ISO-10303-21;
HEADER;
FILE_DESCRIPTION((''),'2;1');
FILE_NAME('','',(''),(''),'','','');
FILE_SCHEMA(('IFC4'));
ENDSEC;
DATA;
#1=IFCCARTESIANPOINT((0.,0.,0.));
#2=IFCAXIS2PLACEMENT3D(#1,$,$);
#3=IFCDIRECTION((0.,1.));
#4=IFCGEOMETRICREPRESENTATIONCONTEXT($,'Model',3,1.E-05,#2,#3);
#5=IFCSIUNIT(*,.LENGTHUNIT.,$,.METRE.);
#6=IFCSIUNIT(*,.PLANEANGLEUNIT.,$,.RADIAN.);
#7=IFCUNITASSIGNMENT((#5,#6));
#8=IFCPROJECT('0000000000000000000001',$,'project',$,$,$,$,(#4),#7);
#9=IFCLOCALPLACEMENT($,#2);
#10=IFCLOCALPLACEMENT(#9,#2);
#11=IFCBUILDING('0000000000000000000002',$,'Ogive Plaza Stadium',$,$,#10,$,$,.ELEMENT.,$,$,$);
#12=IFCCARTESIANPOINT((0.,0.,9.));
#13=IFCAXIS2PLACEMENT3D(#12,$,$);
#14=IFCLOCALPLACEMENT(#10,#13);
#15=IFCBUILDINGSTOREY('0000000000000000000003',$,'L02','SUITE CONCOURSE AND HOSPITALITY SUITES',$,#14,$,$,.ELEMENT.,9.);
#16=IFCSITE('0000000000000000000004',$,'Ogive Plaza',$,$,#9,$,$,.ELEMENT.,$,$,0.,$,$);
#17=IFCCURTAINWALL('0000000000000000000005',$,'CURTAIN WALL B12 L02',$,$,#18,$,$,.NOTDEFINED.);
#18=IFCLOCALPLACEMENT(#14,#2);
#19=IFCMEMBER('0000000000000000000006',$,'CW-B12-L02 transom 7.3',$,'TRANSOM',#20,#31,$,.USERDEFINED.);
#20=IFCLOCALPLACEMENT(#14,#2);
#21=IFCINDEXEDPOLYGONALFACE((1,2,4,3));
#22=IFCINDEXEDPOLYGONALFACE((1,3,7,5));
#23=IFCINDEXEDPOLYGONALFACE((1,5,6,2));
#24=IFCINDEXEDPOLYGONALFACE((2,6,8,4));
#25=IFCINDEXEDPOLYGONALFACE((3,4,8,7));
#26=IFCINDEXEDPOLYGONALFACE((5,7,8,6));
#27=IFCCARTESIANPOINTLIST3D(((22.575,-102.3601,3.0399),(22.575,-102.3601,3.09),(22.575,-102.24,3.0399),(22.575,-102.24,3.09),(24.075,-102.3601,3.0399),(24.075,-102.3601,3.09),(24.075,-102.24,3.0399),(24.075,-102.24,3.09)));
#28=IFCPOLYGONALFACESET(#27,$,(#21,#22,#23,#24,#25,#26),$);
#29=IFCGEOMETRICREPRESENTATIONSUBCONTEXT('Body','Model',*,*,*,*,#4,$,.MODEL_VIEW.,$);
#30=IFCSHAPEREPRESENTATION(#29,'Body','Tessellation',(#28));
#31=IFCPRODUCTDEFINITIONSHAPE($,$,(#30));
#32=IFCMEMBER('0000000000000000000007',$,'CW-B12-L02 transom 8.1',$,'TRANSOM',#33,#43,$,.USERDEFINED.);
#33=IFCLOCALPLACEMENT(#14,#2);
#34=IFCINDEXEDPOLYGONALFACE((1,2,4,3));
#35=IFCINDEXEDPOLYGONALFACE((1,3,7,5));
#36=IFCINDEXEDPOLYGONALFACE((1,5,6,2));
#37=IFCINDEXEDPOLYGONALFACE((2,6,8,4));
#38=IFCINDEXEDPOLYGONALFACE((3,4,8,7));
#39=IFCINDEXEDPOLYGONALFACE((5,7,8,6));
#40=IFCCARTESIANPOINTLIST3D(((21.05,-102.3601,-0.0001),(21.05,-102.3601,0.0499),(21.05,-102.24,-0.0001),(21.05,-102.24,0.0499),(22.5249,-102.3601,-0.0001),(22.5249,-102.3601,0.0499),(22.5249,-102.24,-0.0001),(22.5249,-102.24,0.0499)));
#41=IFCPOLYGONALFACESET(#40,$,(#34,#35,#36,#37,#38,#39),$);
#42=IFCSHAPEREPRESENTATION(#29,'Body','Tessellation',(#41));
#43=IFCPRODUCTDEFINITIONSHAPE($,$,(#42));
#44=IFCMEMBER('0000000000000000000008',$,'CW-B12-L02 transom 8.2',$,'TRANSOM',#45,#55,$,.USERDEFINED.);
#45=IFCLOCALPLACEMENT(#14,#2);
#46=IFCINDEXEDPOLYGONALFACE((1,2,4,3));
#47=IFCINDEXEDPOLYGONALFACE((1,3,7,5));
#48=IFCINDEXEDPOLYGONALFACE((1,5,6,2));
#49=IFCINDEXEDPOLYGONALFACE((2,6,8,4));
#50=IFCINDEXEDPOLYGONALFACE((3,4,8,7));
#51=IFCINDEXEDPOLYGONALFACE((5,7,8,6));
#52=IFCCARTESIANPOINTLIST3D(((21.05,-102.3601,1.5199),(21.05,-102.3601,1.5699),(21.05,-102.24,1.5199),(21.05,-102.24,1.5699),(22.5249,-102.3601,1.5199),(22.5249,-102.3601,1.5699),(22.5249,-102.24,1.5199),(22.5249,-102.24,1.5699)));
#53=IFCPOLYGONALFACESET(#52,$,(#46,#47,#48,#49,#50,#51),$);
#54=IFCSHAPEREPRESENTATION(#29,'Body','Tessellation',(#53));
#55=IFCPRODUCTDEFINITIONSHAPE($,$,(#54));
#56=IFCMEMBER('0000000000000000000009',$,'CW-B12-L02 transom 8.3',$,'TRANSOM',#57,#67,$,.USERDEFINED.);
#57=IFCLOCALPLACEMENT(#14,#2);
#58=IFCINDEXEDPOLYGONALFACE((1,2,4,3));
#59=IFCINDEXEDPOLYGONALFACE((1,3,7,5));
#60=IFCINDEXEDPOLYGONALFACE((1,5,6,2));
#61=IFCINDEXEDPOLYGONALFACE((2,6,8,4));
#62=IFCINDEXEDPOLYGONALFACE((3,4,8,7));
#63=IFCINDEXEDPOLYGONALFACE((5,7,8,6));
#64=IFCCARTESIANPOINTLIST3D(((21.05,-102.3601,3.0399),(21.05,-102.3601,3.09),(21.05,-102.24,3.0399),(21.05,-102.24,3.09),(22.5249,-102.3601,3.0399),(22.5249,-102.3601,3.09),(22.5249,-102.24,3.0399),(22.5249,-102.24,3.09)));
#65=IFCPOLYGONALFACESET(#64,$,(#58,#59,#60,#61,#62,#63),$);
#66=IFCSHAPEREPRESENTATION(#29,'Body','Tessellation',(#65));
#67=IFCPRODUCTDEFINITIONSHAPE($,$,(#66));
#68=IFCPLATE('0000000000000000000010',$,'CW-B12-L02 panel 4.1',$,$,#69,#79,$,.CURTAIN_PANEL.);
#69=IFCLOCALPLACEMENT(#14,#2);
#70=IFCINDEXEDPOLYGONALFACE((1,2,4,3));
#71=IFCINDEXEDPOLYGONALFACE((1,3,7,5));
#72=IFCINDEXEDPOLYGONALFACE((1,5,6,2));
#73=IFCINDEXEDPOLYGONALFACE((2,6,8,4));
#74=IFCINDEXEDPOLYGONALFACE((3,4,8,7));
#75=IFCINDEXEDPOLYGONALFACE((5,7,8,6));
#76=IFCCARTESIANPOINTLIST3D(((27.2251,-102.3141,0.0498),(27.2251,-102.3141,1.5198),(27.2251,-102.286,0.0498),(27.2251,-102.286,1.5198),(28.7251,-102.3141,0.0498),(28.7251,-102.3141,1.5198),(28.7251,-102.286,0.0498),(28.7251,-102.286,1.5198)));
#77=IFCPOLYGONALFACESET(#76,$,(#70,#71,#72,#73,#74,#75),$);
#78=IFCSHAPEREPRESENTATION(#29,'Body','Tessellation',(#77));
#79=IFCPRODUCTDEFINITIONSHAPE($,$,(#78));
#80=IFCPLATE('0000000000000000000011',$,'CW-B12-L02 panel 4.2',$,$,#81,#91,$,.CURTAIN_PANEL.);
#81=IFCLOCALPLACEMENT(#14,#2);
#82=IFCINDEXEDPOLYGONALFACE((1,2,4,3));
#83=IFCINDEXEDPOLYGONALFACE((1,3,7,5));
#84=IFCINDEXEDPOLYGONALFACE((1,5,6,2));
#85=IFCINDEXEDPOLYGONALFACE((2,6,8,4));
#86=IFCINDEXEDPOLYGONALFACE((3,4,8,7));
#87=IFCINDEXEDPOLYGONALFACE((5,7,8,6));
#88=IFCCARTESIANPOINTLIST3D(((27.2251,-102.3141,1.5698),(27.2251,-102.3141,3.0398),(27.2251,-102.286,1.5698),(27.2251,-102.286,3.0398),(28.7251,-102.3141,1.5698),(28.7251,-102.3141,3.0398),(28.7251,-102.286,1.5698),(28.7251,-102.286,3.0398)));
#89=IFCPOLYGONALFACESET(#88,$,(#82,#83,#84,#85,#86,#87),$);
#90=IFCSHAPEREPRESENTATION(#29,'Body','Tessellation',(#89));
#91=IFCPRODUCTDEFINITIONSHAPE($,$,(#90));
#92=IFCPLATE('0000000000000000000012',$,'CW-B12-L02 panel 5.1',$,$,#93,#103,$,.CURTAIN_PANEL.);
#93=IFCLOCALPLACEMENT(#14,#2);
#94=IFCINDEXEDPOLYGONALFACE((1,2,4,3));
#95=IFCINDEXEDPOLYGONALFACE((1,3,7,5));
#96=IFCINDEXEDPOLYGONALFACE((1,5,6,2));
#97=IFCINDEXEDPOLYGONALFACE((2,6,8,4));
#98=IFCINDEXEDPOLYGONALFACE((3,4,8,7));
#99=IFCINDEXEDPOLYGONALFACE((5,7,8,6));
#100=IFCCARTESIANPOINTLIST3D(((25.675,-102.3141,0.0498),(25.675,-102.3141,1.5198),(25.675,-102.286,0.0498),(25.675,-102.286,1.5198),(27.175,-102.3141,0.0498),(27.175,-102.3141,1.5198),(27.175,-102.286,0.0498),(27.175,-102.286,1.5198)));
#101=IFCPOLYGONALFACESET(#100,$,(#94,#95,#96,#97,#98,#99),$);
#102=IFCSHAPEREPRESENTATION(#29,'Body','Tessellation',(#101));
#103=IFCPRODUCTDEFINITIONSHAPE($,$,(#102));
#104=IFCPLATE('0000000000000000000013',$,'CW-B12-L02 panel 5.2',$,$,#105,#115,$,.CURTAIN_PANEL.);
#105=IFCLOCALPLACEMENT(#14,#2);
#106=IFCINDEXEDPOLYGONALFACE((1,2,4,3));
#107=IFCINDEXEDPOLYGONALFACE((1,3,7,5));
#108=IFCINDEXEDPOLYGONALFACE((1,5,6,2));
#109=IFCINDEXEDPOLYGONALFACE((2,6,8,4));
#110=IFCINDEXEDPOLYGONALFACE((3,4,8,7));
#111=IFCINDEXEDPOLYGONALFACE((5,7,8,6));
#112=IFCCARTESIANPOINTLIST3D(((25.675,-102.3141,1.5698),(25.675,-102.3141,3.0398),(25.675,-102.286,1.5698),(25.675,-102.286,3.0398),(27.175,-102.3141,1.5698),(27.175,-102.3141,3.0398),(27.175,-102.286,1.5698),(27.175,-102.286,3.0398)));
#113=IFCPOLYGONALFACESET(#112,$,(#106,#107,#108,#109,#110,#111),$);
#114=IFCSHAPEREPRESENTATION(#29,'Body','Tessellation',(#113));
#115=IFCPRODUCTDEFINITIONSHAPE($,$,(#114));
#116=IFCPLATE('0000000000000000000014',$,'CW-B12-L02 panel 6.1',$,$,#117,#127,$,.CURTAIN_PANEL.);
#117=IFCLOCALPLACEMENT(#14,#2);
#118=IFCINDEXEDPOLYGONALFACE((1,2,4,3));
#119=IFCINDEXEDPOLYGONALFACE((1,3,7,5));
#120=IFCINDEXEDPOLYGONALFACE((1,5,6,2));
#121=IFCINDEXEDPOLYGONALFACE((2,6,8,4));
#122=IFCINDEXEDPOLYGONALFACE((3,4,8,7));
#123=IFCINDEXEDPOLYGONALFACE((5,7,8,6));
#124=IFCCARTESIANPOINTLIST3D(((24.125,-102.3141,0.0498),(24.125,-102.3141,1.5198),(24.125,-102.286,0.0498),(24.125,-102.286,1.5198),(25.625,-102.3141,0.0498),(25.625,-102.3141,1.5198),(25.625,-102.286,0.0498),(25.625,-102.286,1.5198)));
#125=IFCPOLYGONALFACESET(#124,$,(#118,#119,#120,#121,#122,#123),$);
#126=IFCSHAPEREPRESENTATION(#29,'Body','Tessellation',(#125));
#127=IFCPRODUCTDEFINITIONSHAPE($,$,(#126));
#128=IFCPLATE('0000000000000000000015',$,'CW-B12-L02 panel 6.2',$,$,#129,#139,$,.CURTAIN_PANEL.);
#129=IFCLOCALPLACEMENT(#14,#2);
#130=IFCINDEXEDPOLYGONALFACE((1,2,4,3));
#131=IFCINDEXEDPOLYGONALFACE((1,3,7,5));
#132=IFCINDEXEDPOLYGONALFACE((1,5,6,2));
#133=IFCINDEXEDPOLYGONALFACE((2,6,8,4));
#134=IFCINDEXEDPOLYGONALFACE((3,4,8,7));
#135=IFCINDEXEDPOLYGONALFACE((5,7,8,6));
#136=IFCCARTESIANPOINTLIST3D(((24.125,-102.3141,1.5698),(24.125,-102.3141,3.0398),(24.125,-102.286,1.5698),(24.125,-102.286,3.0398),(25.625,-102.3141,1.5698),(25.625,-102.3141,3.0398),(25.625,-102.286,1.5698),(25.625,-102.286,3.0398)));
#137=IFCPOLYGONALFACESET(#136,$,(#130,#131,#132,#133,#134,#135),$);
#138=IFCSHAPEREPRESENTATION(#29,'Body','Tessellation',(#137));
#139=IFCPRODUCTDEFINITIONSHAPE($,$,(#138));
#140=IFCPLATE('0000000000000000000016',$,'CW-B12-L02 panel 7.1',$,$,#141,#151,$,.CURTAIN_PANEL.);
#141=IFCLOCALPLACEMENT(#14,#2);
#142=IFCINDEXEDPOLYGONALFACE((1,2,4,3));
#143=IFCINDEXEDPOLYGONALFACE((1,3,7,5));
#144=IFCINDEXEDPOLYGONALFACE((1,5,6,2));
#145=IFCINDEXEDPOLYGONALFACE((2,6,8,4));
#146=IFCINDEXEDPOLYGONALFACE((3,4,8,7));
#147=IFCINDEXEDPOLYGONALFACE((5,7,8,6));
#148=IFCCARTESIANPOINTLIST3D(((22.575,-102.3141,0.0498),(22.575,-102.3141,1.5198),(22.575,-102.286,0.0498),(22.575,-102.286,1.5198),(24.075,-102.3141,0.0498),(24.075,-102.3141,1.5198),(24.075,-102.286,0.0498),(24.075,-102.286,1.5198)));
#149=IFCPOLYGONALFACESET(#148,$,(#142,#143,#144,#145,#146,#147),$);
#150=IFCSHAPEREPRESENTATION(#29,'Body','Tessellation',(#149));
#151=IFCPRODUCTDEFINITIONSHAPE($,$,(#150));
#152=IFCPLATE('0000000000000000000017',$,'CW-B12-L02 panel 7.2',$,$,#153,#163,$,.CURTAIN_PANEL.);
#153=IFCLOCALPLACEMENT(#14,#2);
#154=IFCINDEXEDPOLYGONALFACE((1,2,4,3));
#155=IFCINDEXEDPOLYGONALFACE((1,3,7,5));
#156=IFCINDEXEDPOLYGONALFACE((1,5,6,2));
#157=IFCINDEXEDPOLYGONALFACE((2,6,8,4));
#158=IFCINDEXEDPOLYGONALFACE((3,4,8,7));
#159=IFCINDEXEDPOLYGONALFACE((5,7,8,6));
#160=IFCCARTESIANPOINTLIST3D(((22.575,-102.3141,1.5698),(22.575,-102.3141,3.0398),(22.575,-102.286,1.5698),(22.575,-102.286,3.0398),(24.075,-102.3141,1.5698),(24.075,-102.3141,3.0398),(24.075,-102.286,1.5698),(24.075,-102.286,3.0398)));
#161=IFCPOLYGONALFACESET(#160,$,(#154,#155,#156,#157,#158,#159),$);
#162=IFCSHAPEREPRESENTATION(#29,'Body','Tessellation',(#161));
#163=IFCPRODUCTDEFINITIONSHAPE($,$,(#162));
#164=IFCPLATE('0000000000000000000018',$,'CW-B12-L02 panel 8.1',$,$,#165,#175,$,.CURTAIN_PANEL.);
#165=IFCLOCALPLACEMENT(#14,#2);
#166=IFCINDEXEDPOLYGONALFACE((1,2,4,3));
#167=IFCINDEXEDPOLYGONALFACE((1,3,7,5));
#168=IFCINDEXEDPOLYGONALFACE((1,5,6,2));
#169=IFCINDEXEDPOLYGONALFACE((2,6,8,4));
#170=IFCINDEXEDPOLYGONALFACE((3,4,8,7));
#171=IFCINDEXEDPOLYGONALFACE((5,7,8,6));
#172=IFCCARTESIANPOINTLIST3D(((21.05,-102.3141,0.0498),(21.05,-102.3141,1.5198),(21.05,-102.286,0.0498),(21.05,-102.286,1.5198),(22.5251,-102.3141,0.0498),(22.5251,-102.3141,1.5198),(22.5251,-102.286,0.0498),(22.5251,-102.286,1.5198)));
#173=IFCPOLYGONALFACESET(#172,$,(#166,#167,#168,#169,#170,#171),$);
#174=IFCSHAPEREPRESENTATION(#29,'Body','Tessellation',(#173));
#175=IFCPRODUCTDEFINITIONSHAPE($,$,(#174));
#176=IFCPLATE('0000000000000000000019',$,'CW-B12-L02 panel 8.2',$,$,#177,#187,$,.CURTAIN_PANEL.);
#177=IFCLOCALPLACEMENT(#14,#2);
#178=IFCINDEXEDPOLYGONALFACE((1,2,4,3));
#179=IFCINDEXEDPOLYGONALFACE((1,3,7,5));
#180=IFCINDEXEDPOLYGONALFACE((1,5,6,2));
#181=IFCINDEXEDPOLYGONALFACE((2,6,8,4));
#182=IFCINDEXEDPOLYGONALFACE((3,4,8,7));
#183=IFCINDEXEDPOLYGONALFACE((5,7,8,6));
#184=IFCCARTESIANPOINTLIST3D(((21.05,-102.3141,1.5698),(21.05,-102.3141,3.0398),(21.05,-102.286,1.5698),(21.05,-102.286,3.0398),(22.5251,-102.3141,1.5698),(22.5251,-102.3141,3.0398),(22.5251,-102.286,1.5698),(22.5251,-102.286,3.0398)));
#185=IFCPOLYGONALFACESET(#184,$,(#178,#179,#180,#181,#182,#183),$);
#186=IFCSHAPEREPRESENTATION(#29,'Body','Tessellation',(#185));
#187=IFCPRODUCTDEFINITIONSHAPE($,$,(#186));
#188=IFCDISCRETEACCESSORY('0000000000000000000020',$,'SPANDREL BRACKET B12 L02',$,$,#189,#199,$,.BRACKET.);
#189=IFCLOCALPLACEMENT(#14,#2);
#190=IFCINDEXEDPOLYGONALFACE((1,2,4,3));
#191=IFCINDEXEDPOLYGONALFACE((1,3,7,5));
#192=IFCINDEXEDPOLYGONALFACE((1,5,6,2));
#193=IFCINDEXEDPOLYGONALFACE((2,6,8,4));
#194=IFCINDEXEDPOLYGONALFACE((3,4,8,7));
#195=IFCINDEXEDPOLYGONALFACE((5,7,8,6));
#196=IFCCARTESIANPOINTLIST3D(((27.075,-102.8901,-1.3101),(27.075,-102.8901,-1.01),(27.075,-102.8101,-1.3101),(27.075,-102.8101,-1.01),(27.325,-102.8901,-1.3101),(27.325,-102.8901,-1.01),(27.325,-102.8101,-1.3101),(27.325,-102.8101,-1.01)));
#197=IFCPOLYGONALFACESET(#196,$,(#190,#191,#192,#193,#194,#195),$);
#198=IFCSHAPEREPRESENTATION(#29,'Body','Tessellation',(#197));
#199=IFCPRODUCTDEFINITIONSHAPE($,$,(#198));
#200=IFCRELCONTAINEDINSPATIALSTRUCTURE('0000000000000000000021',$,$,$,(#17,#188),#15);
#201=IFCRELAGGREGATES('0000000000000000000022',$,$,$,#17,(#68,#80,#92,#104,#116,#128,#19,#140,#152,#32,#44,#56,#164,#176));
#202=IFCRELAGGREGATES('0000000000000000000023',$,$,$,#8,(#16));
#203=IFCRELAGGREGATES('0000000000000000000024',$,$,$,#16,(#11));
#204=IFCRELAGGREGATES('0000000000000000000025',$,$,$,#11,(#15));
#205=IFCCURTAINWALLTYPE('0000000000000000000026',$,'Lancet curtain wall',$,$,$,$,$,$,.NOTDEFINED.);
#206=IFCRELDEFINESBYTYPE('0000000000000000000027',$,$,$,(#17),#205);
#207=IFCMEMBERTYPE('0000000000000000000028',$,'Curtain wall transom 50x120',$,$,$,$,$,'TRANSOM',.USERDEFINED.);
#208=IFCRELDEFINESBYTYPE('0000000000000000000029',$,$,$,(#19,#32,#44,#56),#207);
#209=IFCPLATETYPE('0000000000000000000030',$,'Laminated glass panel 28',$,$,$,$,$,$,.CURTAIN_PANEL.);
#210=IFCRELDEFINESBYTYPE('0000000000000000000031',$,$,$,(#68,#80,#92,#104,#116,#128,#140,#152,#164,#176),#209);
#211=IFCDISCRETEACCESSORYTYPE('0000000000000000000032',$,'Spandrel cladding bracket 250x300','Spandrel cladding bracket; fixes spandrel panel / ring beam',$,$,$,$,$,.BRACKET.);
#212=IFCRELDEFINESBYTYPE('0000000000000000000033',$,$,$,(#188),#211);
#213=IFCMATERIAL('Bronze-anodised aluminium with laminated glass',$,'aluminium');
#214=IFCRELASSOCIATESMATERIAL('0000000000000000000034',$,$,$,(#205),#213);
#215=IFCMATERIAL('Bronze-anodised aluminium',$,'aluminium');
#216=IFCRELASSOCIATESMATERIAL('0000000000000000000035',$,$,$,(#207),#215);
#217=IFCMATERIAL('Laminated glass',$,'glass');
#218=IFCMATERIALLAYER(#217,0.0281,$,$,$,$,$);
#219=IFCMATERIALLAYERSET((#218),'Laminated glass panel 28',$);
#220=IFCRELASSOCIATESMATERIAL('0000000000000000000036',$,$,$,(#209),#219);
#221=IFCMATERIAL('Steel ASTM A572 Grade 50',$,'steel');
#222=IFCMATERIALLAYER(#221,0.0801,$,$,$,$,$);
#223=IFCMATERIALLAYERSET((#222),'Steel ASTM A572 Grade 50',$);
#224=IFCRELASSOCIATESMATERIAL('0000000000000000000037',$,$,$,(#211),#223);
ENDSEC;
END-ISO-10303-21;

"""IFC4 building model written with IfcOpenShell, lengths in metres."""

from ifc_helpers import new_model, si_unit, direction, frame, origin, origin_2d, place, context, subcontext, project, spatial, rectangle, extrude, material, layer, layer_set, material_profile, profile_set, type_object, element, aggregate, save


model = new_model("IFC4")

# Units and contexts
model_context = context("Model", 3, precision=1e-05, world=origin(), true_north=direction((0.0, 1.0)))
body_context = subcontext(model_context, "Body", "Model", "MODEL_VIEW")
ifc_project = project(units=[si_unit("LENGTHUNIT", "METRE"), si_unit("PLANEANGLEUNIT", "RADIAN")], contexts=[model_context])

# Site, building, storey
site_placement = place(None, origin())
site = spatial("IfcSite", under=ifc_project, at=site_placement, Name="Ogive Plaza", CompositionType="ELEMENT", RefElevation=0.0)
building_placement = place(site_placement, origin())
building = spatial("IfcBuilding", under=site, at=building_placement, Name="Ogive Plaza Stadium", CompositionType="ELEMENT")
storey_placement = place(building_placement, frame((0.0, 0.0, 9.0)))
storey = spatial("IfcBuildingStorey", under=building, at=storey_placement, Name="L02", Description="SUITE CONCOURSE AND HOSPITALITY SUITES", CompositionType="ELEMENT", Elevation=9.0)

# Curtain wall, members, plates
ifc_material_1 = material(Name="Bronze-anodised aluminium with laminated glass", Category="aluminium")
curtain_wall_type = type_object("IfcCurtainWallType", Name="Lancet curtain wall", PredefinedType="NOTDEFINED", material=ifc_material_1)
curtain_wall_placement = place(storey_placement, origin())
curtain_wall = element("IfcCurtainWall", 1, at=curtain_wall_placement, inside=storey, type_object=curtain_wall_type, Name="CURTAIN WALL B12 L02", PredefinedType="NOTDEFINED")
ifc_material_2 = material(Name="Bronze-anodised aluminium", Category="aluminium")
ifc_material_profile_1 = material_profile(ifc_material_2, rectangle(XDim=0.1201, YDim=0.05, at=origin_2d()), Name="AL 120x50")
ifc_profile_set_1 = profile_set([ifc_material_profile_1], Name="Bronze-anodised aluminium")
member_type_1 = type_object("IfcMemberType", Name="Curtain wall transom 50x120", ElementType="TRANSOM", PredefinedType="USERDEFINED", material=ifc_profile_set_1)
member_1_placement = place(storey_placement, frame((24.075, -102.3, 3.0649), z_axis=(-1.0, 0.0, 0.0), x_axis=(0.0, -1.0, 0.0)))
member_1 = element("IfcMember", 2, at=member_1_placement, type_object=member_type_1, Name="CW-B12-L02 transom 7.3", ObjectType="TRANSOM", PredefinedType="USERDEFINED", context=body_context, shape_type="SweptSolid", body=[
    extrude(rectangle(XDim=0.1201, YDim=0.05, at=origin_2d()), origin(), (0.0, 0.0, 1.0), 1.5),
])
member_2_placement = place(storey_placement, frame((22.5249, -102.3, 0.0249), z_axis=(-1.0, 0.0, 0.0), x_axis=(0.0, -1.0, 0.0)))
member_2 = element("IfcMember", 3, at=member_2_placement, type_object=member_type_1, Name="CW-B12-L02 transom 8.1", ObjectType="TRANSOM", PredefinedType="USERDEFINED", context=body_context, shape_type="SweptSolid", body=[
    extrude(rectangle(XDim=0.1201, YDim=0.05, at=origin_2d()), origin(), (0.0, 0.0, 1.0), 1.4749),
])
member_3_placement = place(storey_placement, frame((22.5249, -102.3, 1.5449), z_axis=(-1.0, 0.0, 0.0), x_axis=(0.0, -1.0, 0.0)))
member_3 = element("IfcMember", 4, at=member_3_placement, type_object=member_type_1, Name="CW-B12-L02 transom 8.2", ObjectType="TRANSOM", PredefinedType="USERDEFINED", context=body_context, shape_type="SweptSolid", body=[
    extrude(rectangle(XDim=0.1201, YDim=0.05, at=origin_2d()), origin(), (0.0, 0.0, 1.0), 1.4749),
])
member_4_placement = place(storey_placement, frame((22.5249, -102.3, 3.0649), z_axis=(-1.0, 0.0, 0.0), x_axis=(0.0, -1.0, 0.0)))
member_4 = element("IfcMember", 5, at=member_4_placement, type_object=member_type_1, Name="CW-B12-L02 transom 8.3", ObjectType="TRANSOM", PredefinedType="USERDEFINED", context=body_context, shape_type="SweptSolid", body=[
    extrude(rectangle(XDim=0.1201, YDim=0.05, at=origin_2d()), origin(), (0.0, 0.0, 1.0), 1.4749),
])
ifc_material_3 = material(Name="Laminated glass", Category="glass")
ifc_layer_1 = layer(ifc_material_3, 0.0281)
ifc_layer_set_1 = layer_set([ifc_layer_1], Name="Laminated glass panel 28")
plate_type = type_object("IfcPlateType", Name="Laminated glass panel 28", PredefinedType="CURTAIN_PANEL", material=ifc_layer_set_1)
plate_1_placement = place(storey_placement, frame((27.9751, -102.3, 0.0498), z_axis=(0.0, 0.0, 1.0), x_axis=(-1.0, 0.0, 0.0)))
plate_1 = element("IfcPlate", 6, at=plate_1_placement, type_object=plate_type, Name="CW-B12-L02 panel 4.1", PredefinedType="CURTAIN_PANEL", context=body_context, shape_type="SweptSolid", body=[
    extrude(rectangle(XDim=1.5, YDim=0.0281, at=origin_2d()), origin(), (0.0, 0.0, 1.0), 1.47),
])
plate_2_placement = place(storey_placement, frame((27.9751, -102.3, 1.5698), z_axis=(0.0, 0.0, 1.0), x_axis=(-1.0, 0.0, 0.0)))
plate_2 = element("IfcPlate", 7, at=plate_2_placement, type_object=plate_type, Name="CW-B12-L02 panel 4.2", PredefinedType="CURTAIN_PANEL", context=body_context, shape_type="SweptSolid", body=[
    extrude(rectangle(XDim=1.5, YDim=0.0281, at=origin_2d()), origin(), (0.0, 0.0, 1.0), 1.47),
])
plate_3_placement = place(storey_placement, frame((26.425, -102.3, 0.0498), z_axis=(0.0, 0.0, 1.0), x_axis=(-1.0, 0.0, 0.0)))
plate_3 = element("IfcPlate", 8, at=plate_3_placement, type_object=plate_type, Name="CW-B12-L02 panel 5.1", PredefinedType="CURTAIN_PANEL", context=body_context, shape_type="SweptSolid", body=[
    extrude(rectangle(XDim=1.5, YDim=0.0281, at=origin_2d()), origin(), (0.0, 0.0, 1.0), 1.47),
])
plate_4_placement = place(storey_placement, frame((26.425, -102.3, 1.5698), z_axis=(0.0, 0.0, 1.0), x_axis=(-1.0, 0.0, 0.0)))
plate_4 = element("IfcPlate", 9, at=plate_4_placement, type_object=plate_type, Name="CW-B12-L02 panel 5.2", PredefinedType="CURTAIN_PANEL", context=body_context, shape_type="SweptSolid", body=[
    extrude(rectangle(XDim=1.5, YDim=0.0281, at=origin_2d()), origin(), (0.0, 0.0, 1.0), 1.47),
])
plate_5_placement = place(storey_placement, frame((24.875, -102.3, 0.0498), z_axis=(0.0, 0.0, 1.0), x_axis=(-1.0, 0.0, 0.0)))
plate_5 = element("IfcPlate", 10, at=plate_5_placement, type_object=plate_type, Name="CW-B12-L02 panel 6.1", PredefinedType="CURTAIN_PANEL", context=body_context, shape_type="SweptSolid", body=[
    extrude(rectangle(XDim=1.5, YDim=0.0281, at=origin_2d()), origin(), (0.0, 0.0, 1.0), 1.47),
])
plate_6_placement = place(storey_placement, frame((24.875, -102.3, 1.5698), z_axis=(0.0, 0.0, 1.0), x_axis=(-1.0, 0.0, 0.0)))
plate_6 = element("IfcPlate", 11, at=plate_6_placement, type_object=plate_type, Name="CW-B12-L02 panel 6.2", PredefinedType="CURTAIN_PANEL", context=body_context, shape_type="SweptSolid", body=[
    extrude(rectangle(XDim=1.5, YDim=0.0281, at=origin_2d()), origin(), (0.0, 0.0, 1.0), 1.47),
])
plate_7_placement = place(storey_placement, frame((23.325, -102.3, 0.0498), z_axis=(0.0, 0.0, 1.0), x_axis=(-1.0, 0.0, 0.0)))
plate_7 = element("IfcPlate", 12, at=plate_7_placement, type_object=plate_type, Name="CW-B12-L02 panel 7.1", PredefinedType="CURTAIN_PANEL", context=body_context, shape_type="SweptSolid", body=[
    extrude(rectangle(XDim=1.5, YDim=0.0281, at=origin_2d()), origin(), (0.0, 0.0, 1.0), 1.47),
])
plate_8_placement = place(storey_placement, frame((23.325, -102.3, 1.5698), z_axis=(0.0, 0.0, 1.0), x_axis=(-1.0, 0.0, 0.0)))
plate_8 = element("IfcPlate", 13, at=plate_8_placement, type_object=plate_type, Name="CW-B12-L02 panel 7.2", PredefinedType="CURTAIN_PANEL", context=body_context, shape_type="SweptSolid", body=[
    extrude(rectangle(XDim=1.5, YDim=0.0281, at=origin_2d()), origin(), (0.0, 0.0, 1.0), 1.47),
])
plate_9_placement = place(storey_placement, frame((21.7876, -102.3, 0.0498), z_axis=(0.0, 0.0, 1.0), x_axis=(-1.0, 0.0, 0.0)))
plate_9 = element("IfcPlate", 14, at=plate_9_placement, type_object=plate_type, Name="CW-B12-L02 panel 8.1", PredefinedType="CURTAIN_PANEL", context=body_context, shape_type="SweptSolid", body=[
    extrude(rectangle(XDim=1.4751, YDim=0.0281, at=origin_2d()), origin(), (0.0, 0.0, 1.0), 1.47),
])
plate_10_placement = place(storey_placement, frame((21.7876, -102.3, 1.5698), z_axis=(0.0, 0.0, 1.0), x_axis=(-1.0, 0.0, 0.0)))
plate_10 = element("IfcPlate", 15, at=plate_10_placement, type_object=plate_type, Name="CW-B12-L02 panel 8.2", PredefinedType="CURTAIN_PANEL", context=body_context, shape_type="SweptSolid", body=[
    extrude(rectangle(XDim=1.4751, YDim=0.0281, at=origin_2d()), origin(), (0.0, 0.0, 1.0), 1.47),
])
aggregate(curtain_wall, [plate_1, plate_2, plate_3, plate_4, plate_5, plate_6, member_1, plate_7, plate_8, member_2, member_3, member_4, plate_9, plate_10])

# Discrete accessory
ifc_material_4 = material(Name="Steel ASTM A572 Grade 50", Category="steel")
ifc_layer_2 = layer(ifc_material_4, 0.0801)
ifc_layer_set_2 = layer_set([ifc_layer_2], Name="Steel ASTM A572 Grade 50")
discrete_accessory_type = type_object("IfcDiscreteAccessoryType", Name="Spandrel cladding bracket 250x300", Description="Spandrel cladding bracket; fixes spandrel panel / ring beam", PredefinedType="BRACKET", material=ifc_layer_set_2)
discrete_accessory_placement = place(storey_placement, frame((27.2, -102.8501, -1.3101), z_axis=(0.0, 0.0, 1.0), x_axis=(-1.0, 0.0, 0.0)))
element("IfcDiscreteAccessory", 16, at=discrete_accessory_placement, inside=storey, type_object=discrete_accessory_type, Name="SPANDREL BRACKET B12 L02", PredefinedType="BRACKET", context=body_context, shape_type="SweptSolid", body=[
    extrude(rectangle(XDim=0.25, YDim=0.0801, at=origin_2d()), origin(), (0.0, 0.0, 1.0), 0.3),
])

save(model, "model.ifc")
